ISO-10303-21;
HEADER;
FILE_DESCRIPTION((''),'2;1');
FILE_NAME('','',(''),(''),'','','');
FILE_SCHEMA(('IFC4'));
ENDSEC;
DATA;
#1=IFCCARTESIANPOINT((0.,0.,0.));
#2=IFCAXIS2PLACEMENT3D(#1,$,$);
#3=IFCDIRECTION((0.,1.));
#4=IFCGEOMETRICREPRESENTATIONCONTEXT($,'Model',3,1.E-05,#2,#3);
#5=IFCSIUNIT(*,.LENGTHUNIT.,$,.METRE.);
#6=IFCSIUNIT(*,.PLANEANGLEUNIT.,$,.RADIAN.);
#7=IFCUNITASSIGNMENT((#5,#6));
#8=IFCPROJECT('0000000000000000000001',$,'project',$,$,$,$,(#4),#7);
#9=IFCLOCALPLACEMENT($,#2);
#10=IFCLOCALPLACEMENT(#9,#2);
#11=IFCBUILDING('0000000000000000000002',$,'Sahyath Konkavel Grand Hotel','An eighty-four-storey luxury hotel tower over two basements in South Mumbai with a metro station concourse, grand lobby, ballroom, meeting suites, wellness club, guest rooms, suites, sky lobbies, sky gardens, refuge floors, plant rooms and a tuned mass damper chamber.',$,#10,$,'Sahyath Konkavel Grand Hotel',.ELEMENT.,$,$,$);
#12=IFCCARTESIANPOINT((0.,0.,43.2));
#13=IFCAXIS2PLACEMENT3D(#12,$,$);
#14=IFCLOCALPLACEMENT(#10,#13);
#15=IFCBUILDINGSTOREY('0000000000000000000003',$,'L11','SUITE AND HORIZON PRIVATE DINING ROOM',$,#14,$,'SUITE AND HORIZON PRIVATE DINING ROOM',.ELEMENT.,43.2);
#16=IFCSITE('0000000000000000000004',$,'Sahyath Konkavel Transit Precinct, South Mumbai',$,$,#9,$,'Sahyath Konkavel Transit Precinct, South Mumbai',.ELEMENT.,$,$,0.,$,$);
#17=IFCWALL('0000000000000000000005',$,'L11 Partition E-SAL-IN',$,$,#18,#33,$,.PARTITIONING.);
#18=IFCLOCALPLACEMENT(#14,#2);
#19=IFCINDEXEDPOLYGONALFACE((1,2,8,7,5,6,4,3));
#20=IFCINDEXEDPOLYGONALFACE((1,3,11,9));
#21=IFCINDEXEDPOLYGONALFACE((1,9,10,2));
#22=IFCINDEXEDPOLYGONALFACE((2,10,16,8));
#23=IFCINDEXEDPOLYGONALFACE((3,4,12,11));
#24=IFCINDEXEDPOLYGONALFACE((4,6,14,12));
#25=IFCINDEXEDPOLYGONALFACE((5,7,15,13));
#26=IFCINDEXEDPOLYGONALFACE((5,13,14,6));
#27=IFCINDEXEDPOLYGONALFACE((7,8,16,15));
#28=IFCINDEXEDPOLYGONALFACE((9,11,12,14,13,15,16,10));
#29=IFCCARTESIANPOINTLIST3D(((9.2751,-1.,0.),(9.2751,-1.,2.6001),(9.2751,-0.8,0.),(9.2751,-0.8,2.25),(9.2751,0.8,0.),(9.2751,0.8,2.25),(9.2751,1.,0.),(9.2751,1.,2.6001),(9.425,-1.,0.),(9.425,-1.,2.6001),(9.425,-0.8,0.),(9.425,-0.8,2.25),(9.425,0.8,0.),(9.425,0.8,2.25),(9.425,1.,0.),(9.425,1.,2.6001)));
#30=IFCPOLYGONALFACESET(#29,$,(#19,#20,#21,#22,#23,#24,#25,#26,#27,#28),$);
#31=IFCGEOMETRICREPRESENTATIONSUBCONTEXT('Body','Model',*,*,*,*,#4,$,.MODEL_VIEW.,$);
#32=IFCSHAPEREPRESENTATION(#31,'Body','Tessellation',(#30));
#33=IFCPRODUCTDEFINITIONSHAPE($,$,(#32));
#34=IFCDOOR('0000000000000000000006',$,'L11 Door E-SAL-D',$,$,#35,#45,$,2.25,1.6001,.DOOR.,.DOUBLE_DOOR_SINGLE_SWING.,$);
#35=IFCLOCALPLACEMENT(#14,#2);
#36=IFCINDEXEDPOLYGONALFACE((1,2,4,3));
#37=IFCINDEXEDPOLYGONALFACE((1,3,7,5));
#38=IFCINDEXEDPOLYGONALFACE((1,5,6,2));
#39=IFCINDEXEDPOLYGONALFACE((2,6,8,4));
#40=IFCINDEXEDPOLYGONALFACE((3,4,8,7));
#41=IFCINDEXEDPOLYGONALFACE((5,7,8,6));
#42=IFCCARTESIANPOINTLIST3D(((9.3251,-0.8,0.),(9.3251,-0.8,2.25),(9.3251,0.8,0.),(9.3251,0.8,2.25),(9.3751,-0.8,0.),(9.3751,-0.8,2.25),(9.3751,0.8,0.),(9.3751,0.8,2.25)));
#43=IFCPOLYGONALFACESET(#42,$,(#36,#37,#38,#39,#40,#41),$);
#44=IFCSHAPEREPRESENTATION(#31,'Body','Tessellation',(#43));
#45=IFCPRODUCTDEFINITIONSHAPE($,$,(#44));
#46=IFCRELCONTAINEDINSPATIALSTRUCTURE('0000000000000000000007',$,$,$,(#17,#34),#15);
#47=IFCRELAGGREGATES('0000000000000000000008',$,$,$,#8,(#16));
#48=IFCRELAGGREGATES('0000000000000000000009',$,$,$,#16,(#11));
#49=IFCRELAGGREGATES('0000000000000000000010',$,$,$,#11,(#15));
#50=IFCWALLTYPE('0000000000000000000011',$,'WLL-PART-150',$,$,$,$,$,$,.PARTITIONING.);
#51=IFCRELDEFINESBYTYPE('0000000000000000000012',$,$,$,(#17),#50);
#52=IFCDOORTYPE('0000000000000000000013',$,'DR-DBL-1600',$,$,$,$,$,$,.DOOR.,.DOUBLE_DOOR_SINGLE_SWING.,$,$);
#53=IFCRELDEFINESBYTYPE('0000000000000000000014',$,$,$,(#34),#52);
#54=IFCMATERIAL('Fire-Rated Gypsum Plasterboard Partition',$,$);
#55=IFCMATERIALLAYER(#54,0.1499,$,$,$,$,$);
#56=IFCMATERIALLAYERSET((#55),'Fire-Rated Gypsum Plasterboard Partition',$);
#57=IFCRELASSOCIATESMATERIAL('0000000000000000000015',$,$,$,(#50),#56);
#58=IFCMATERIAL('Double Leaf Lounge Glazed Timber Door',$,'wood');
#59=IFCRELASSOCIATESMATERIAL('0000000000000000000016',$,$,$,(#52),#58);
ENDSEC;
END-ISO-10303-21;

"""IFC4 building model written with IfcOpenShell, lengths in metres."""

from ifc_helpers import new_model, si_unit, direction, frame, frame_2d, origin, origin_2d, place, context, subcontext, project, spatial, rectangle, extrude, source, transform, mapped, material, layer, layer_set, type_object, element, fill, save


model = new_model("IFC4")

# Units and contexts
model_context = context("Model", 3, precision=1e-05, world=origin(), true_north=direction((0.0, 1.0)))
body_context = subcontext(model_context, "Body", "Model", "MODEL_VIEW")
ifc_project = project(units=[si_unit("LENGTHUNIT", "METRE"), si_unit("PLANEANGLEUNIT", "RADIAN")], contexts=[model_context])

# Site, building, storey
site_placement = place(None, origin())
site = spatial("IfcSite", under=ifc_project, at=site_placement, Name="Sahyath Konkavel Transit Precinct, South Mumbai", LongName="Sahyath Konkavel Transit Precinct, South Mumbai", CompositionType="ELEMENT", RefElevation=0.0)
building_placement = place(site_placement, origin())
building = spatial("IfcBuilding", under=site, at=building_placement, Name="Sahyath Konkavel Grand Hotel", Description="An eighty-four-storey luxury hotel tower over two basements in South Mumbai with a metro station concourse, grand lobby, ballroom, meeting suites, wellness club, guest rooms, suites, sky lobbies, sky gardens, refuge floors, plant rooms and a tuned mass damper chamber.", LongName="Sahyath Konkavel Grand Hotel", CompositionType="ELEMENT")
storey_placement = place(building_placement, frame((0.0, 0.0, 43.2)))
storey = spatial("IfcBuildingStorey", under=building, at=storey_placement, Name="L11", Description="SUITE AND HORIZON PRIVATE DINING ROOM", LongName="SUITE AND HORIZON PRIVATE DINING ROOM", CompositionType="ELEMENT", Elevation=43.2)

# Wall, opening, door
ifc_material_1 = material(Name="Fire-Rated Gypsum Plasterboard Partition")
ifc_layer_1 = layer(ifc_material_1, 0.1499)
ifc_layer_set_1 = layer_set([ifc_layer_1], Name="Fire-Rated Gypsum Plasterboard Partition")
wall_type_1 = type_object("IfcWallType", Name="WLL-PART-150", PredefinedType="PARTITIONING", material=ifc_layer_set_1)
wall_placement = place(storey_placement, frame((9.3501, -1.0, 0.0), z_axis=(0.0, 0.0, 1.0), x_axis=(0.0, 1.0, 0.0)))
wall = element("IfcWall", 1, at=wall_placement, inside=storey, type_object=wall_type_1, Name="L11 Partition E-SAL-IN", PredefinedType="PARTITIONING", context=body_context, shape_type="SweptSolid", body=[
    extrude(rectangle(XDim=2.0, YDim=0.1499, at=frame_2d((1.0, 0.0))), origin(), (0.0, 0.0, 1.0), 2.6001),
])
opening_placement = place(wall_placement, frame((0.2, 0.0, 0.0)))
opening = element("IfcOpeningElement", 2, at=opening_placement, cuts=wall, PredefinedType="OPENING", context=body_context, shape_type="SweptSolid", body=[
    extrude(rectangle(XDim=1.6001, YDim=2.25, at=frame_2d((0.8, 1.125))), frame((0.0, 0.085, 0.0), z_axis=(0.0, -1.0, 0.0), x_axis=(1.0, 0.0, 0.0)), (0.0, 0.0, 1.0), 0.1699),
])
ifc_material_2 = material(Name="Double Leaf Lounge Glazed Timber Door", Category="wood")
door_type = type_object("IfcDoorType", Name="DR-DBL-1600", OperationType="DOUBLE_DOOR_SINGLE_SWING", PredefinedType="DOOR", material=ifc_material_2)
shared_shape_1 = source(origin(), body_context, "Body", "SweptSolid", [
    extrude(rectangle(XDim=1.6001, YDim=0.05, at=origin_2d()), origin(), (0.0, 0.0, 1.0), 2.25),
])
door_placement = place(opening_placement, frame((0.8, 0.0, 0.0)))
door = element("IfcDoor", 3, at=door_placement, inside=storey, type_object=door_type, Name="L11 Door E-SAL-D", OperationType="DOUBLE_DOOR_SINGLE_SWING", OverallHeight=2.25, OverallWidth=1.6001, PredefinedType="DOOR", context=body_context, shape_type="MappedRepresentation", body=[
    mapped(shared_shape_1, transform((0.0, 0.0, 0.0), scale=1.0)),
])
fill(opening, door)

save(model, "model.ifc")
